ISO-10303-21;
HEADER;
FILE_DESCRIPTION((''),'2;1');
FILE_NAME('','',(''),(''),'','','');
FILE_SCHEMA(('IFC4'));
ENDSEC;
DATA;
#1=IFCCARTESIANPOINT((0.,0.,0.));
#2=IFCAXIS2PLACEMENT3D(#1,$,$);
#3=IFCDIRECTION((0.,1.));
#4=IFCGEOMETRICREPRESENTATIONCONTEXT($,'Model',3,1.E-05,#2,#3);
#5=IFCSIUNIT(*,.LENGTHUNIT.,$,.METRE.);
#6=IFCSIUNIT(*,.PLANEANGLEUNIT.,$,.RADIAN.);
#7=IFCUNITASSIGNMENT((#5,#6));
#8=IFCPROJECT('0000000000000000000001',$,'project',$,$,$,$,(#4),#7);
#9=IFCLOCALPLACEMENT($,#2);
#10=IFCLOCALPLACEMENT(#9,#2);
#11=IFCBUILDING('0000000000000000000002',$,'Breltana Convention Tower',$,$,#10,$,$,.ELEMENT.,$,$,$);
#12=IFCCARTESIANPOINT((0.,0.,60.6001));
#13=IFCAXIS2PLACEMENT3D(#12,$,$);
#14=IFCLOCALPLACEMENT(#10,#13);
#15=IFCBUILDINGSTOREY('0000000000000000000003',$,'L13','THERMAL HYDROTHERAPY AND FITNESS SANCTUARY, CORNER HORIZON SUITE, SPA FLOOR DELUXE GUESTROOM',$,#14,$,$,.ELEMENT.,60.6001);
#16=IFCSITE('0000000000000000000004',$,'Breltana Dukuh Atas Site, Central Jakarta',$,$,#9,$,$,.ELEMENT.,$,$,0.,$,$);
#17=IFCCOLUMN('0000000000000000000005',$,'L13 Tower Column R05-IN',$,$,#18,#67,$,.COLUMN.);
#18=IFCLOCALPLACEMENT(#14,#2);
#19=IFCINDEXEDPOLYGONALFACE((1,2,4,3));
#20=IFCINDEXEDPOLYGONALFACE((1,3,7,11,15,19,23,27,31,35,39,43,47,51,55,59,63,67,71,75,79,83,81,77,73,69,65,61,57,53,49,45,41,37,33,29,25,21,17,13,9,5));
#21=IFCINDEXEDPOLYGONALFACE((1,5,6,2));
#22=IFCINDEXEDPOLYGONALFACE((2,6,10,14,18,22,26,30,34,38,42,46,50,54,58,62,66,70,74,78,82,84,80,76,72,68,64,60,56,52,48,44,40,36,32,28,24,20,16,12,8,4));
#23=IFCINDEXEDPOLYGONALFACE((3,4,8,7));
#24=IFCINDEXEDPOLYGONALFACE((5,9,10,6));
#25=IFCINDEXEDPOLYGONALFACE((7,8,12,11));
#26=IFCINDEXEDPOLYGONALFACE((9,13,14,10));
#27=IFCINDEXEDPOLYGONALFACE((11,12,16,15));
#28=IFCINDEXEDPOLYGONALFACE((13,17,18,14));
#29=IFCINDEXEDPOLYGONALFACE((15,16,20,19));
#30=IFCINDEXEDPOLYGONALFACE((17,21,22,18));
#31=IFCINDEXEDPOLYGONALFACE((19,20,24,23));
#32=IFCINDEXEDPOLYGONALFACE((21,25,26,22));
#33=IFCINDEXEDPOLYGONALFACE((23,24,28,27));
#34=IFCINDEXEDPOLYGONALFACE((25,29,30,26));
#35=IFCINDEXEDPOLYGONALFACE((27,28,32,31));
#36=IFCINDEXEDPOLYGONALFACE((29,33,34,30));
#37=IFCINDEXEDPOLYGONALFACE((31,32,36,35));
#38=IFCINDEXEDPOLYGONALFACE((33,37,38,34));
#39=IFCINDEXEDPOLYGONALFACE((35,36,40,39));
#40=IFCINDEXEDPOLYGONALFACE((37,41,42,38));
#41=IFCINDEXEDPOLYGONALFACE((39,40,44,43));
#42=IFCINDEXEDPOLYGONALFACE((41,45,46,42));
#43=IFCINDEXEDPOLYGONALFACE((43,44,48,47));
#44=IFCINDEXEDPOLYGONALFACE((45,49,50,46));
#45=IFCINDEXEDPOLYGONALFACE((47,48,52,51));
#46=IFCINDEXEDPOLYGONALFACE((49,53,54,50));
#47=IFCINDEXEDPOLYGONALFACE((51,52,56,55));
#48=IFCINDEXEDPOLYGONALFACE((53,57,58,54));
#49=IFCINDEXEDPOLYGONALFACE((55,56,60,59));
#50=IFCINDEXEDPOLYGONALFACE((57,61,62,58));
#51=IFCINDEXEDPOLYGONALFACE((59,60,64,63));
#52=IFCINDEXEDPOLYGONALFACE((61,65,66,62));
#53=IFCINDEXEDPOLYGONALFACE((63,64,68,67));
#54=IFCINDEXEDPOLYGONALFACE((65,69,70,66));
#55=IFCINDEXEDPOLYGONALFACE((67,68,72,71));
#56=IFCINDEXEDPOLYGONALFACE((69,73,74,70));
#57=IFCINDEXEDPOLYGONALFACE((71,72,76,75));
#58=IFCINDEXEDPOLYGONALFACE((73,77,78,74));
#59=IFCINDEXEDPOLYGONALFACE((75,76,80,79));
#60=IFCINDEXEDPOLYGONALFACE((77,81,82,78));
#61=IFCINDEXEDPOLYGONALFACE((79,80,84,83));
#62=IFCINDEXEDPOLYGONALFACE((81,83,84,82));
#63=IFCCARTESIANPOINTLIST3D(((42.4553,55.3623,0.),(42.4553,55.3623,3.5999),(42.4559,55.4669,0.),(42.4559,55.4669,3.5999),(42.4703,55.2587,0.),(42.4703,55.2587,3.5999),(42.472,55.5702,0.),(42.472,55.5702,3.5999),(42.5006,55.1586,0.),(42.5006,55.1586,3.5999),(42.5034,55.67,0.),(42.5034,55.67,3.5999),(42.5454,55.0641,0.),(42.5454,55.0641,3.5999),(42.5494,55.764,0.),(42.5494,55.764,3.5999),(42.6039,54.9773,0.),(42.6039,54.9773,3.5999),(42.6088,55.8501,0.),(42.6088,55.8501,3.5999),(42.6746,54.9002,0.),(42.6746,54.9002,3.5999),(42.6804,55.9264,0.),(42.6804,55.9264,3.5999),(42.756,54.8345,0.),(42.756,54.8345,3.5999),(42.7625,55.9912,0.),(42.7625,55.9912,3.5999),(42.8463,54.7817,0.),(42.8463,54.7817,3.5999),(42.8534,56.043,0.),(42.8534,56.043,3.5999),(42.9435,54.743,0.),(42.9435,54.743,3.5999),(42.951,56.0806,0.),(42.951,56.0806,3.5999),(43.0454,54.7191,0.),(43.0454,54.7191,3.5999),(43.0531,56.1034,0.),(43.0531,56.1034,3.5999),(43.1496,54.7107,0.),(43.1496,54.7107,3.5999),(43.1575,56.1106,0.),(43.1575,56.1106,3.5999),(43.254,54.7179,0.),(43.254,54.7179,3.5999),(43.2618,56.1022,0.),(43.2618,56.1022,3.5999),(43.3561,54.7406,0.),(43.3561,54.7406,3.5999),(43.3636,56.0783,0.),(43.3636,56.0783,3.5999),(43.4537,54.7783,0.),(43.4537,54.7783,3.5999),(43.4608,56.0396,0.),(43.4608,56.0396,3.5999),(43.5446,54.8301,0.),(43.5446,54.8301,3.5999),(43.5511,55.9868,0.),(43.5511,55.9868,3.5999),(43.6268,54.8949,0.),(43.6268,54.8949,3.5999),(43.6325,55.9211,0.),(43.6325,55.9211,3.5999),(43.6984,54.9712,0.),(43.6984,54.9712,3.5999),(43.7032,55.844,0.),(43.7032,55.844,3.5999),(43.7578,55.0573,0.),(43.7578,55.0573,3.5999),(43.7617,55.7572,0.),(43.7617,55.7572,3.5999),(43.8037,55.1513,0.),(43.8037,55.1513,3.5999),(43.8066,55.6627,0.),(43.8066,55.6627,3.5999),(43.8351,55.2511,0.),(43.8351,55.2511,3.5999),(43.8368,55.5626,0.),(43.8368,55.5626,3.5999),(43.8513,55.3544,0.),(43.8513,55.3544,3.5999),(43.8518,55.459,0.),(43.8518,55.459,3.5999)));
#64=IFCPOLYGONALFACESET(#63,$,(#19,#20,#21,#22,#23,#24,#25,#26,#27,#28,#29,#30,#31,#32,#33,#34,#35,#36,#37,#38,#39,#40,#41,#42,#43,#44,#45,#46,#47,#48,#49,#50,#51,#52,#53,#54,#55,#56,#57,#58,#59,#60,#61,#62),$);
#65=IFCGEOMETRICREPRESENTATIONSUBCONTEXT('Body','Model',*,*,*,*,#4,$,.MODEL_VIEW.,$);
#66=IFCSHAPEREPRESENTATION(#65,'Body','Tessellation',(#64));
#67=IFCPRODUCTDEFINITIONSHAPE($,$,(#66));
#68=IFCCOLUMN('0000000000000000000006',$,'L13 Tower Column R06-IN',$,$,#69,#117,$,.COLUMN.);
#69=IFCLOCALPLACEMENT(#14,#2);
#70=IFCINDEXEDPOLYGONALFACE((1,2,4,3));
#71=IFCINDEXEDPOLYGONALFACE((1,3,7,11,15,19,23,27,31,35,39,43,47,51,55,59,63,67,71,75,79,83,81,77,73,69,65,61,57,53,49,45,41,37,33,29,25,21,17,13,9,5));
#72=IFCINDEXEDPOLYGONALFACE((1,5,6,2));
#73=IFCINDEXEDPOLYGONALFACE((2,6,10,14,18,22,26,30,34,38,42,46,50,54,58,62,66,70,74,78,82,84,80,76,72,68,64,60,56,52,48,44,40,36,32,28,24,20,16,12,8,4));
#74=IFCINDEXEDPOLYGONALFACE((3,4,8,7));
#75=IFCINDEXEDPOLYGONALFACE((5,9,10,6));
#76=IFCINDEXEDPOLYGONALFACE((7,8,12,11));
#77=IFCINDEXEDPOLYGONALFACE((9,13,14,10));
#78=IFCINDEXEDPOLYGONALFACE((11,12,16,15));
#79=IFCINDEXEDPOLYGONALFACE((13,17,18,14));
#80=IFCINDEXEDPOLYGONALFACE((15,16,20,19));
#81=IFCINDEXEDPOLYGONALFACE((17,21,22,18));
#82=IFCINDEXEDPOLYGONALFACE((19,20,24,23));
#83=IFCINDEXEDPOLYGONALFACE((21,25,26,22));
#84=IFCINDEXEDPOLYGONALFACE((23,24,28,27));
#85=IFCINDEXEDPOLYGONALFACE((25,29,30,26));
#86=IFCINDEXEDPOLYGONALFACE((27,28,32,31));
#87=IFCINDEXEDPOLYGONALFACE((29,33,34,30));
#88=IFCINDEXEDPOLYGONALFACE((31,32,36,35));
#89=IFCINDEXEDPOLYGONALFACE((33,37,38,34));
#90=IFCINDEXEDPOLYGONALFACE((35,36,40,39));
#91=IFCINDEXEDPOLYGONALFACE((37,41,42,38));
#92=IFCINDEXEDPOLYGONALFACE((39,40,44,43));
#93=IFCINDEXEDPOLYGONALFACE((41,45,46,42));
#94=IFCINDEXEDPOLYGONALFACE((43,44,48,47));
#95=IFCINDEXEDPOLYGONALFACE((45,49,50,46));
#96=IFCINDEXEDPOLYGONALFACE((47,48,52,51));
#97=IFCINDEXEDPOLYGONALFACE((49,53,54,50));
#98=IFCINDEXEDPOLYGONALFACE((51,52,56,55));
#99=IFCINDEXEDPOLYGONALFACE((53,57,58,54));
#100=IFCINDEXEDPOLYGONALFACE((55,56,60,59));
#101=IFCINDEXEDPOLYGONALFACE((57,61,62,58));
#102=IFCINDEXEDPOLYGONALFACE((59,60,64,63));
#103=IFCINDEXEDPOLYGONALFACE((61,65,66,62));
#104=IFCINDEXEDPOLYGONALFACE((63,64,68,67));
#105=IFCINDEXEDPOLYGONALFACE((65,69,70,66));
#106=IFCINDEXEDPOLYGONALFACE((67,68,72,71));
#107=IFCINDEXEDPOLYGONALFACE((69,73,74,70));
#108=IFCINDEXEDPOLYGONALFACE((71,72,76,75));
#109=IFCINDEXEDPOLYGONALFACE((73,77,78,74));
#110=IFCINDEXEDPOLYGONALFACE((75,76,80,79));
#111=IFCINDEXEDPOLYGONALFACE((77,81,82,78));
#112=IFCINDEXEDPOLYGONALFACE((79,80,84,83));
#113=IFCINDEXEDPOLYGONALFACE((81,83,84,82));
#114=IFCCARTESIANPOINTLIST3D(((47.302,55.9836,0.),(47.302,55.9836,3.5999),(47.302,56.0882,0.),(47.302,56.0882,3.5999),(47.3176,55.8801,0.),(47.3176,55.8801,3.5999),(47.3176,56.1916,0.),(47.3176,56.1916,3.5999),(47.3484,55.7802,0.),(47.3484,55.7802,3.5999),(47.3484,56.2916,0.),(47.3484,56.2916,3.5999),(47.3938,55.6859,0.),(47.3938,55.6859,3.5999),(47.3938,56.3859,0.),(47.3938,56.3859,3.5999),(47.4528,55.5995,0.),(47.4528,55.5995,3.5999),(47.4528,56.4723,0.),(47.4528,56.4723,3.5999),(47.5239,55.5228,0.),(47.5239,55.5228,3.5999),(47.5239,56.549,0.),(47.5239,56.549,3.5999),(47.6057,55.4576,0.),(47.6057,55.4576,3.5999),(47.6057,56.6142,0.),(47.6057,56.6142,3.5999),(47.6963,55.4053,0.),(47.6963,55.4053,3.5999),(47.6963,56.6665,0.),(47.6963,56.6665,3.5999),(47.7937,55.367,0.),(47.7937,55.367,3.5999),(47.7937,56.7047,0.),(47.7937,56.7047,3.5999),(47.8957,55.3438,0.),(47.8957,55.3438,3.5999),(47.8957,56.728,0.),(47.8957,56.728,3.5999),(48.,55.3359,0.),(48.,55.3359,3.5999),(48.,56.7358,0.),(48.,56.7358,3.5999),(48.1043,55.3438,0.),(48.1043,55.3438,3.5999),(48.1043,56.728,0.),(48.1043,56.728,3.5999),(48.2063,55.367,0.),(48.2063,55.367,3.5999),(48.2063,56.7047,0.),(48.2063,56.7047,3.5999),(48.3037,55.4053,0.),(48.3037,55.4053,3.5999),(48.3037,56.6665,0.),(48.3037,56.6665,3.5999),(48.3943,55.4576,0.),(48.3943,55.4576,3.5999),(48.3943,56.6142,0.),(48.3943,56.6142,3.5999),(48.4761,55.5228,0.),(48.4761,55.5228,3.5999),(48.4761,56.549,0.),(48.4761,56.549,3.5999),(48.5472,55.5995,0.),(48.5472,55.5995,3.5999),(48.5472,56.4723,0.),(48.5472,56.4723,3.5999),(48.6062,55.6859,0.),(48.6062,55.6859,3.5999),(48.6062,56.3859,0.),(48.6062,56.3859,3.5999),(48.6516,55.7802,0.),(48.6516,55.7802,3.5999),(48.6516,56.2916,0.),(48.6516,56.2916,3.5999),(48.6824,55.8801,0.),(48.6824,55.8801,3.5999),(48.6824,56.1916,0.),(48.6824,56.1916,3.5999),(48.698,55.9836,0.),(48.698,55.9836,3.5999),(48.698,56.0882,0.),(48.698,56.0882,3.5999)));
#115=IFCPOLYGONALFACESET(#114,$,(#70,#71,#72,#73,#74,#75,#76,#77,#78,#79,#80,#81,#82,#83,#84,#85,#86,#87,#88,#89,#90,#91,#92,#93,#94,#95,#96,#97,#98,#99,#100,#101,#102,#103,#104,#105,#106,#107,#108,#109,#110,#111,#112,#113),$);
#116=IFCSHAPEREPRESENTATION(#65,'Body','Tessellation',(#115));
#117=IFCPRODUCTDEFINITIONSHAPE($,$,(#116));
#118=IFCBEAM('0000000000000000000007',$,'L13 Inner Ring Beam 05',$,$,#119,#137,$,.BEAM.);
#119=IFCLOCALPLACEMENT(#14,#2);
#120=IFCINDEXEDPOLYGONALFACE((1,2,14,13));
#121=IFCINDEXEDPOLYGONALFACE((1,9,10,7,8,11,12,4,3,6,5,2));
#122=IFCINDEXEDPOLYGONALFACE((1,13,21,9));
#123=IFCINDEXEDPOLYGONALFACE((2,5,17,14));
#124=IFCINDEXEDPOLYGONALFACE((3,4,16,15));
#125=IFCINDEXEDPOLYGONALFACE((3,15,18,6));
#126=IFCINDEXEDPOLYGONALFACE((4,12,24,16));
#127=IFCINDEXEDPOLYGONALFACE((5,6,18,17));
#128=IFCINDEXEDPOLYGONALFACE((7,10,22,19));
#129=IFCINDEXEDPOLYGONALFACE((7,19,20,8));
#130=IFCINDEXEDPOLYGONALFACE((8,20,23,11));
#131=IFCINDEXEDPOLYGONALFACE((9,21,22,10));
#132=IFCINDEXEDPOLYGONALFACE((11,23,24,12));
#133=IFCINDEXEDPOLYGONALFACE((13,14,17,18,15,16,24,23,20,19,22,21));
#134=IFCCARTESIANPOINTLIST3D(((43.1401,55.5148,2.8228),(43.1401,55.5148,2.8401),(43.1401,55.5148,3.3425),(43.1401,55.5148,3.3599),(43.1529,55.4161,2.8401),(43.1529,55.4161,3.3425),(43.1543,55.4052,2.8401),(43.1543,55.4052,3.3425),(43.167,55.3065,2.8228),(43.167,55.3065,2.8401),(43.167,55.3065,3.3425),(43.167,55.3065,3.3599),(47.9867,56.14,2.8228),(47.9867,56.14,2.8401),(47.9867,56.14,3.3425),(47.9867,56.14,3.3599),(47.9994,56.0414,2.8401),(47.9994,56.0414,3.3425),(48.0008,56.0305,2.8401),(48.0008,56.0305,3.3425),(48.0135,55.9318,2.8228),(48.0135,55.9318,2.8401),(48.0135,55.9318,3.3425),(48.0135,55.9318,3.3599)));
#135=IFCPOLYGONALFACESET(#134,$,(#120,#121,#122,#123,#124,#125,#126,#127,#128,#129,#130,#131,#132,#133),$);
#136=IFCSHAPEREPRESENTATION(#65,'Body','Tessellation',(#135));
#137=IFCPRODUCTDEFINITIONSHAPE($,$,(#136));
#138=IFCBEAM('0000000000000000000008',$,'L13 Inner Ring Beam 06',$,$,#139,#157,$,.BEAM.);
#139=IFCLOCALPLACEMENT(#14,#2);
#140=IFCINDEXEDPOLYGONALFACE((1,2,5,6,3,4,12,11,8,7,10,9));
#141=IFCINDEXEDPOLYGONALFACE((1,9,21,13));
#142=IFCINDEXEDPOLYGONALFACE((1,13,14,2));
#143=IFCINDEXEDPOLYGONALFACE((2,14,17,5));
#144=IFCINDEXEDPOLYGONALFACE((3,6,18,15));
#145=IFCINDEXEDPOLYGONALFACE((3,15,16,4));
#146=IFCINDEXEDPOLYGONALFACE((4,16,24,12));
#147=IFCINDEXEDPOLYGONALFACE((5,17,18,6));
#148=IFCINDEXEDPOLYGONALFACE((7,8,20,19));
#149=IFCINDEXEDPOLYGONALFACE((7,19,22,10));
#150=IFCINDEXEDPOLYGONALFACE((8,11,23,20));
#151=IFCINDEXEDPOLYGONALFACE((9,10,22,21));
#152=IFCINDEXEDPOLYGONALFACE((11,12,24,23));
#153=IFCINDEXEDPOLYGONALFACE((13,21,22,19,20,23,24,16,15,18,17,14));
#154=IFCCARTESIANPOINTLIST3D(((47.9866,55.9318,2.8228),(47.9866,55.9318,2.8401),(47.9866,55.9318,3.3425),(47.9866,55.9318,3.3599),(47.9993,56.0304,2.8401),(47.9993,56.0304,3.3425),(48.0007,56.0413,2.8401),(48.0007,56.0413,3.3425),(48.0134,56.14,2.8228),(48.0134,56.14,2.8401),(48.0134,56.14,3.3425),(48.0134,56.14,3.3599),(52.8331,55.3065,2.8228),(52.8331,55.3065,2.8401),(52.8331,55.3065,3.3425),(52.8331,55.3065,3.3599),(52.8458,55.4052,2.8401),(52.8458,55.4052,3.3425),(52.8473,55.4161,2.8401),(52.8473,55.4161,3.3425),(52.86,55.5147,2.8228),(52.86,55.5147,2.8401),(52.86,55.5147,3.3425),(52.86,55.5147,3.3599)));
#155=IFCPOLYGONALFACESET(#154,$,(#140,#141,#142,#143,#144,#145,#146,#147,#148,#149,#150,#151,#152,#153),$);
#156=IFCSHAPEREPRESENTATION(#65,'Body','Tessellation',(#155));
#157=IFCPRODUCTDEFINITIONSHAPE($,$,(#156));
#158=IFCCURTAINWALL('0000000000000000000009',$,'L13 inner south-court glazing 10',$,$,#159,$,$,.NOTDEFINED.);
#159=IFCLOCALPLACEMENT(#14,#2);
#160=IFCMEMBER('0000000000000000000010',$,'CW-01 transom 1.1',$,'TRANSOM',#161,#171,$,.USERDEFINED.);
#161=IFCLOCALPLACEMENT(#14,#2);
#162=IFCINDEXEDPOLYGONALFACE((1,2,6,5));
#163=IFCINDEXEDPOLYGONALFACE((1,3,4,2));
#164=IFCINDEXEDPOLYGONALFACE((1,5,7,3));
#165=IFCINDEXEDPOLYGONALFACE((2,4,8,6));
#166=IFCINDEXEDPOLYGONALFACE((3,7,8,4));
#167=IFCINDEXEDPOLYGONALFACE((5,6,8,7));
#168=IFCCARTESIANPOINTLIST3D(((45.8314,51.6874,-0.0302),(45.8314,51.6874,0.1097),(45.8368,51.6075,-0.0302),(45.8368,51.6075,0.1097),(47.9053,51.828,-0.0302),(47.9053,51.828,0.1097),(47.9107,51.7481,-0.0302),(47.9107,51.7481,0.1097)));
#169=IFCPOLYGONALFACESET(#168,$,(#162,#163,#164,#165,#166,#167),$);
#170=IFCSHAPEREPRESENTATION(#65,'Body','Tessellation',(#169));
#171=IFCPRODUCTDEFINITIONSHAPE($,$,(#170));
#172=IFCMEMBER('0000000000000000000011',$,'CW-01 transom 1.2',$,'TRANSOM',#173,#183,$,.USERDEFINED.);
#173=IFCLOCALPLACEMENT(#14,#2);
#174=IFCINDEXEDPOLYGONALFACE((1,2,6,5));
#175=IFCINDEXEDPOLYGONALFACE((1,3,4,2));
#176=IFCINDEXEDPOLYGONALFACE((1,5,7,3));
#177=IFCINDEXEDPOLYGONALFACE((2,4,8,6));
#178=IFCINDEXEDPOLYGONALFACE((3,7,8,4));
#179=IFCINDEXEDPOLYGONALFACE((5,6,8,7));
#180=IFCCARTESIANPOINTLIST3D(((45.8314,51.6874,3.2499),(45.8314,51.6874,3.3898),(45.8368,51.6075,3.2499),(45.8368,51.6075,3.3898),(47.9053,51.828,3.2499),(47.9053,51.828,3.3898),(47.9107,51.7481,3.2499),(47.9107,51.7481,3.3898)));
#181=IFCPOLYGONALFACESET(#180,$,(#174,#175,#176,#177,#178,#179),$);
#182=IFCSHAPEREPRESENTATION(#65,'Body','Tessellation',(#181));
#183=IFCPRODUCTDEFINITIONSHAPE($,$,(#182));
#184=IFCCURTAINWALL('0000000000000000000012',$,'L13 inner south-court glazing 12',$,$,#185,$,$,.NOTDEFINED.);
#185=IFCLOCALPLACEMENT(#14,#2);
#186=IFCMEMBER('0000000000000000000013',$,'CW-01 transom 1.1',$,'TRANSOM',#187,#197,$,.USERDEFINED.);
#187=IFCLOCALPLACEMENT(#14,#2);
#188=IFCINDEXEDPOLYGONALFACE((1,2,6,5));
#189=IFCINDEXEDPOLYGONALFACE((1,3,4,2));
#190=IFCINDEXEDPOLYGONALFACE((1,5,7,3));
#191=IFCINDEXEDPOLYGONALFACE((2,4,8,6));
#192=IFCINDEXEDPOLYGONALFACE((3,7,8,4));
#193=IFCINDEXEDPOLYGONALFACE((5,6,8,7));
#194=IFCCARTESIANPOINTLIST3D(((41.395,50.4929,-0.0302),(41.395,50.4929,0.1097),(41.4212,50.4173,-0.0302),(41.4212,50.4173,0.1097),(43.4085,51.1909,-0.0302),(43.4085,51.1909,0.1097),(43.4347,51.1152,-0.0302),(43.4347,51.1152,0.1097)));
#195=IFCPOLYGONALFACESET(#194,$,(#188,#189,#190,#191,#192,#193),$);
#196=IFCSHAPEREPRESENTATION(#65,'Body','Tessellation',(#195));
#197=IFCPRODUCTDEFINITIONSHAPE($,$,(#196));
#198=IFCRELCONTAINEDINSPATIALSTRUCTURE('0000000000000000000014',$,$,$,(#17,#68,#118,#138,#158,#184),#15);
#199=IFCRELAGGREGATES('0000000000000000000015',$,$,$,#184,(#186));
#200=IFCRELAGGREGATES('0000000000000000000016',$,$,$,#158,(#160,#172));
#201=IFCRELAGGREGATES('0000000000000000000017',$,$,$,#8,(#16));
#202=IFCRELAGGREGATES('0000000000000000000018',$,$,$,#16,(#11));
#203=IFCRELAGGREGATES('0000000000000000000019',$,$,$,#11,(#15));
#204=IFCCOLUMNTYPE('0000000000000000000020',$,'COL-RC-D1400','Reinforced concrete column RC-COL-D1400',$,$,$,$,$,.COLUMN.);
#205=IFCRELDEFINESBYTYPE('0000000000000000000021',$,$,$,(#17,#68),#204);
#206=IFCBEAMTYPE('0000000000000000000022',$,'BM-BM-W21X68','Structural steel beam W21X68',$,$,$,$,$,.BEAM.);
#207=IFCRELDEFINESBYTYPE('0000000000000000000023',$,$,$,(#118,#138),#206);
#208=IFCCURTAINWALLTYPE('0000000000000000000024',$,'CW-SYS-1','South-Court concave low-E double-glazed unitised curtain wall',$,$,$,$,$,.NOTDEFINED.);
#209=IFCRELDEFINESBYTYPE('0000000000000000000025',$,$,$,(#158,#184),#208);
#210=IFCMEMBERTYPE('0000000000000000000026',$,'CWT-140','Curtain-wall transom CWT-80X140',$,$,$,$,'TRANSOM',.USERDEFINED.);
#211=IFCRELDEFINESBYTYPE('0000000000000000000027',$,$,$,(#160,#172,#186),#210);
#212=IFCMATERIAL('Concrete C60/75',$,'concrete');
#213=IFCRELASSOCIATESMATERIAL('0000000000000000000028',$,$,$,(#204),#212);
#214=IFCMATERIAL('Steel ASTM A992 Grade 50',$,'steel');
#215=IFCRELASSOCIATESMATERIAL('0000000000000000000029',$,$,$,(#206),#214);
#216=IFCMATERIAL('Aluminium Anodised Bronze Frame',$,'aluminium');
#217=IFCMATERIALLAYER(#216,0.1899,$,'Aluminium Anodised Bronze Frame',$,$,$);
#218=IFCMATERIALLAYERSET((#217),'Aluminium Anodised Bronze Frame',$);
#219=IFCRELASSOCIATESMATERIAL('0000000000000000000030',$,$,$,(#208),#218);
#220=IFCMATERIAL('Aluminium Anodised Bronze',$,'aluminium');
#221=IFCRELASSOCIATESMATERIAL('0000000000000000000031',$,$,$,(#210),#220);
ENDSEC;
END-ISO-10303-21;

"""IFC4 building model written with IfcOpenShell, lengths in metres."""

from ifc_helpers import new_model, si_unit, direction, frame, origin, origin_2d, place, context, subcontext, project, spatial, rectangle, circle, i_section, extrude, source, transform, mapped, material, layer, layer_set, material_profile, profile_set, type_object, element, aggregate, save


model = new_model("IFC4")

# Units and contexts
model_context = context("Model", 3, precision=1e-05, world=origin(), true_north=direction((0.0, 1.0)))
body_context = subcontext(model_context, "Body", "Model", "MODEL_VIEW")
ifc_project = project(units=[si_unit("LENGTHUNIT", "METRE"), si_unit("PLANEANGLEUNIT", "RADIAN")], contexts=[model_context])

# Site, building, storey
site_placement = place(None, origin())
site = spatial("IfcSite", under=ifc_project, at=site_placement, Name="Breltana Dukuh Atas Site, Central Jakarta", CompositionType="ELEMENT", RefElevation=0.0)
building_placement = place(site_placement, origin())
building = spatial("IfcBuilding", under=site, at=building_placement, Name="Breltana Convention Tower", CompositionType="ELEMENT")
storey_placement = place(building_placement, frame((0.0, 0.0, 60.6001)))
storey = spatial("IfcBuildingStorey", under=building, at=storey_placement, Name="L13", Description="THERMAL HYDROTHERAPY AND FITNESS SANCTUARY, CORNER HORIZON SUITE, SPA FLOOR DELUXE GUESTROOM", CompositionType="ELEMENT", Elevation=60.6001)

# Columns
ifc_material_1 = material(Name="Concrete C60/75", Category="concrete")
ifc_material_profile_1 = material_profile(ifc_material_1, circle(Radius=0.7, at=origin_2d()), Name="RC-COL-D1400")
ifc_profile_set_1 = profile_set([ifc_material_profile_1], Name="Concrete C60/75")
column_type = type_object("IfcColumnType", Name="COL-RC-D1400", Description="Reinforced concrete column RC-COL-D1400", PredefinedType="COLUMN", material=ifc_profile_set_1)
shared_shape_1 = source(origin(), body_context, "Body", "SweptSolid", [
    extrude(circle(Radius=0.7, at=origin_2d()), origin(), (0.0, 0.0, 1.0), 3.5999),
])
for number, where, z_axis, x_axis, name in (
    (1, (43.1536, 55.4106, 0.0), (0.0, 0.0, 1.0), (-0.143493, 0.989651, 0.0), "L13 Tower Column R05-IN"),
    (2, (48.0, 56.0359, 0.0), (0.0, 0.0, 1.0), (0.0, 1.0, 0.0), "L13 Tower Column R06-IN"),
):
    element("IfcColumn", number, at=place(storey_placement, frame(where, z_axis=z_axis, x_axis=x_axis)), inside=storey, type_object=column_type, Name=name, PredefinedType="COLUMN", context=body_context, shape_type="MappedRepresentation", body=[
        mapped(shared_shape_1, transform((0.0, 0.0, 0.0), scale=1.0)),
    ])

# Beams
ifc_material_2 = material(Name="Steel ASTM A992 Grade 50", Category="steel")
ifc_material_profile_2 = material_profile(ifc_material_2, i_section(OverallWidth=0.21, OverallDepth=0.5371, WebThickness=0.011, FlangeThickness=0.0173, at=origin_2d()), Name="W21X68")
ifc_profile_set_2 = profile_set([ifc_material_profile_2], Name="Steel ASTM A992 Grade 50")
beam_type = type_object("IfcBeamType", Name="BM-BM-W21X68", Description="Structural steel beam W21X68", PredefinedType="BEAM", material=ifc_profile_set_2)
shared_shape_2 = source(origin(), body_context, "Body", "SweptSolid", [
    extrude(i_section(OverallWidth=0.21, OverallDepth=0.5371, WebThickness=0.011, FlangeThickness=0.0173, at=origin_2d()), origin(), (0.0, 0.0, 1.0), 4.8867),
])
for number, where, z_axis, x_axis, name in (
    (3, (43.1536, 55.4106, 3.0913), (0.991781, 0.127951, 0.0), (-0.127951, 0.991781, 0.0), "L13 Inner Ring Beam 05"),
    (4, (48.0, 56.0359, 3.0913), (0.991781, -0.127951, 0.0), (0.127951, 0.991781, 0.0), "L13 Inner Ring Beam 06"),
):
    element("IfcBeam", number, at=place(storey_placement, frame(where, z_axis=z_axis, x_axis=x_axis)), inside=storey, type_object=beam_type, Name=name, PredefinedType="BEAM", context=body_context, shape_type="MappedRepresentation", body=[
        mapped(shared_shape_2, transform((0.0, 0.0, 0.0), scale=1.0)),
    ])

# Curtain walls, members
ifc_material_3 = material(Name="Aluminium Anodised Bronze Frame", Category="aluminium")
ifc_layer_1 = layer(ifc_material_3, 0.1899, Name="Aluminium Anodised Bronze Frame")
ifc_layer_set_1 = layer_set([ifc_layer_1], Name="Aluminium Anodised Bronze Frame")
curtain_wall_type = type_object("IfcCurtainWallType", Name="CW-SYS-1", Description="South-Court concave low-E double-glazed unitised curtain wall", PredefinedType="NOTDEFINED", material=ifc_layer_set_1)
curtain_wall_1_placement = place(storey_placement, origin())
curtain_wall_1 = element("IfcCurtainWall", 5, at=curtain_wall_1_placement, inside=storey, type_object=curtain_wall_type, Name="L13 inner south-court glazing 10", PredefinedType="NOTDEFINED")
ifc_material_4 = material(Name="Aluminium Anodised Bronze", Category="aluminium")
ifc_material_profile_3 = material_profile(ifc_material_4, rectangle(XDim=0.0801, YDim=0.1399, at=origin_2d()), Name="CWT-80X140")
ifc_profile_set_3 = profile_set([ifc_material_profile_3], Name="Aluminium Anodised Bronze")
member_type_1 = type_object("IfcMemberType", Name="CWT-140", Description="Curtain-wall transom CWT-80X140", ElementType="TRANSOM", PredefinedType="USERDEFINED", material=ifc_profile_set_3)
shared_shape_3 = source(origin(), body_context, "Body", "SweptSolid", [
    extrude(rectangle(XDim=0.0801, YDim=0.1399, at=origin_2d()), origin(), (0.0, 0.0, 1.0), 2.0786),
])
member_1_placement = place(storey_placement, frame((47.908, 51.7881, 0.0398), z_axis=(-0.997709, -0.067657, 0.0), x_axis=(0.067657, -0.997709, 0.0)))
member_1 = element("IfcMember", 6, at=member_1_placement, type_object=member_type_1, Name="CW-01 transom 1.1", ObjectType="TRANSOM", PredefinedType="USERDEFINED", context=body_context, shape_type="MappedRepresentation", body=[
    mapped(shared_shape_3, transform((0.0, 0.0, 0.0), scale=1.0)),
])
member_2_placement = place(storey_placement, frame((47.908, 51.7881, 3.3198), z_axis=(-0.997709, -0.067657, 0.0), x_axis=(0.067657, -0.997709, 0.0)))
member_2 = element("IfcMember", 7, at=member_2_placement, type_object=member_type_1, Name="CW-01 transom 1.2", ObjectType="TRANSOM", PredefinedType="USERDEFINED", context=body_context, shape_type="MappedRepresentation", body=[
    mapped(shared_shape_3, transform((0.0, 0.0, 0.0), scale=1.0)),
])
curtain_wall_2_placement = place(storey_placement, origin())
curtain_wall_2 = element("IfcCurtainWall", 8, at=curtain_wall_2_placement, inside=storey, type_object=curtain_wall_type, Name="L13 inner south-court glazing 12", PredefinedType="NOTDEFINED")
shared_shape_4 = source(origin(), body_context, "Body", "SweptSolid", [
    extrude(rectangle(XDim=0.0801, YDim=0.1399, at=origin_2d()), origin(), (0.0, 0.0, 1.0), 2.1311),
])
member_3_placement = place(storey_placement, frame((43.4216, 51.1531, 0.0398), z_axis=(-0.944847, -0.327512, 0.0), x_axis=(0.327512, -0.944847, 0.0)))
member_3 = element("IfcMember", 9, at=member_3_placement, type_object=member_type_1, Name="CW-01 transom 1.1", ObjectType="TRANSOM", PredefinedType="USERDEFINED", context=body_context, shape_type="MappedRepresentation", body=[
    mapped(shared_shape_4, transform((0.0, 0.0, 0.0), scale=1.0)),
])

aggregate(curtain_wall_2, [member_3])
aggregate(curtain_wall_1, [member_1, member_2])

save(model, "model.ifc")
